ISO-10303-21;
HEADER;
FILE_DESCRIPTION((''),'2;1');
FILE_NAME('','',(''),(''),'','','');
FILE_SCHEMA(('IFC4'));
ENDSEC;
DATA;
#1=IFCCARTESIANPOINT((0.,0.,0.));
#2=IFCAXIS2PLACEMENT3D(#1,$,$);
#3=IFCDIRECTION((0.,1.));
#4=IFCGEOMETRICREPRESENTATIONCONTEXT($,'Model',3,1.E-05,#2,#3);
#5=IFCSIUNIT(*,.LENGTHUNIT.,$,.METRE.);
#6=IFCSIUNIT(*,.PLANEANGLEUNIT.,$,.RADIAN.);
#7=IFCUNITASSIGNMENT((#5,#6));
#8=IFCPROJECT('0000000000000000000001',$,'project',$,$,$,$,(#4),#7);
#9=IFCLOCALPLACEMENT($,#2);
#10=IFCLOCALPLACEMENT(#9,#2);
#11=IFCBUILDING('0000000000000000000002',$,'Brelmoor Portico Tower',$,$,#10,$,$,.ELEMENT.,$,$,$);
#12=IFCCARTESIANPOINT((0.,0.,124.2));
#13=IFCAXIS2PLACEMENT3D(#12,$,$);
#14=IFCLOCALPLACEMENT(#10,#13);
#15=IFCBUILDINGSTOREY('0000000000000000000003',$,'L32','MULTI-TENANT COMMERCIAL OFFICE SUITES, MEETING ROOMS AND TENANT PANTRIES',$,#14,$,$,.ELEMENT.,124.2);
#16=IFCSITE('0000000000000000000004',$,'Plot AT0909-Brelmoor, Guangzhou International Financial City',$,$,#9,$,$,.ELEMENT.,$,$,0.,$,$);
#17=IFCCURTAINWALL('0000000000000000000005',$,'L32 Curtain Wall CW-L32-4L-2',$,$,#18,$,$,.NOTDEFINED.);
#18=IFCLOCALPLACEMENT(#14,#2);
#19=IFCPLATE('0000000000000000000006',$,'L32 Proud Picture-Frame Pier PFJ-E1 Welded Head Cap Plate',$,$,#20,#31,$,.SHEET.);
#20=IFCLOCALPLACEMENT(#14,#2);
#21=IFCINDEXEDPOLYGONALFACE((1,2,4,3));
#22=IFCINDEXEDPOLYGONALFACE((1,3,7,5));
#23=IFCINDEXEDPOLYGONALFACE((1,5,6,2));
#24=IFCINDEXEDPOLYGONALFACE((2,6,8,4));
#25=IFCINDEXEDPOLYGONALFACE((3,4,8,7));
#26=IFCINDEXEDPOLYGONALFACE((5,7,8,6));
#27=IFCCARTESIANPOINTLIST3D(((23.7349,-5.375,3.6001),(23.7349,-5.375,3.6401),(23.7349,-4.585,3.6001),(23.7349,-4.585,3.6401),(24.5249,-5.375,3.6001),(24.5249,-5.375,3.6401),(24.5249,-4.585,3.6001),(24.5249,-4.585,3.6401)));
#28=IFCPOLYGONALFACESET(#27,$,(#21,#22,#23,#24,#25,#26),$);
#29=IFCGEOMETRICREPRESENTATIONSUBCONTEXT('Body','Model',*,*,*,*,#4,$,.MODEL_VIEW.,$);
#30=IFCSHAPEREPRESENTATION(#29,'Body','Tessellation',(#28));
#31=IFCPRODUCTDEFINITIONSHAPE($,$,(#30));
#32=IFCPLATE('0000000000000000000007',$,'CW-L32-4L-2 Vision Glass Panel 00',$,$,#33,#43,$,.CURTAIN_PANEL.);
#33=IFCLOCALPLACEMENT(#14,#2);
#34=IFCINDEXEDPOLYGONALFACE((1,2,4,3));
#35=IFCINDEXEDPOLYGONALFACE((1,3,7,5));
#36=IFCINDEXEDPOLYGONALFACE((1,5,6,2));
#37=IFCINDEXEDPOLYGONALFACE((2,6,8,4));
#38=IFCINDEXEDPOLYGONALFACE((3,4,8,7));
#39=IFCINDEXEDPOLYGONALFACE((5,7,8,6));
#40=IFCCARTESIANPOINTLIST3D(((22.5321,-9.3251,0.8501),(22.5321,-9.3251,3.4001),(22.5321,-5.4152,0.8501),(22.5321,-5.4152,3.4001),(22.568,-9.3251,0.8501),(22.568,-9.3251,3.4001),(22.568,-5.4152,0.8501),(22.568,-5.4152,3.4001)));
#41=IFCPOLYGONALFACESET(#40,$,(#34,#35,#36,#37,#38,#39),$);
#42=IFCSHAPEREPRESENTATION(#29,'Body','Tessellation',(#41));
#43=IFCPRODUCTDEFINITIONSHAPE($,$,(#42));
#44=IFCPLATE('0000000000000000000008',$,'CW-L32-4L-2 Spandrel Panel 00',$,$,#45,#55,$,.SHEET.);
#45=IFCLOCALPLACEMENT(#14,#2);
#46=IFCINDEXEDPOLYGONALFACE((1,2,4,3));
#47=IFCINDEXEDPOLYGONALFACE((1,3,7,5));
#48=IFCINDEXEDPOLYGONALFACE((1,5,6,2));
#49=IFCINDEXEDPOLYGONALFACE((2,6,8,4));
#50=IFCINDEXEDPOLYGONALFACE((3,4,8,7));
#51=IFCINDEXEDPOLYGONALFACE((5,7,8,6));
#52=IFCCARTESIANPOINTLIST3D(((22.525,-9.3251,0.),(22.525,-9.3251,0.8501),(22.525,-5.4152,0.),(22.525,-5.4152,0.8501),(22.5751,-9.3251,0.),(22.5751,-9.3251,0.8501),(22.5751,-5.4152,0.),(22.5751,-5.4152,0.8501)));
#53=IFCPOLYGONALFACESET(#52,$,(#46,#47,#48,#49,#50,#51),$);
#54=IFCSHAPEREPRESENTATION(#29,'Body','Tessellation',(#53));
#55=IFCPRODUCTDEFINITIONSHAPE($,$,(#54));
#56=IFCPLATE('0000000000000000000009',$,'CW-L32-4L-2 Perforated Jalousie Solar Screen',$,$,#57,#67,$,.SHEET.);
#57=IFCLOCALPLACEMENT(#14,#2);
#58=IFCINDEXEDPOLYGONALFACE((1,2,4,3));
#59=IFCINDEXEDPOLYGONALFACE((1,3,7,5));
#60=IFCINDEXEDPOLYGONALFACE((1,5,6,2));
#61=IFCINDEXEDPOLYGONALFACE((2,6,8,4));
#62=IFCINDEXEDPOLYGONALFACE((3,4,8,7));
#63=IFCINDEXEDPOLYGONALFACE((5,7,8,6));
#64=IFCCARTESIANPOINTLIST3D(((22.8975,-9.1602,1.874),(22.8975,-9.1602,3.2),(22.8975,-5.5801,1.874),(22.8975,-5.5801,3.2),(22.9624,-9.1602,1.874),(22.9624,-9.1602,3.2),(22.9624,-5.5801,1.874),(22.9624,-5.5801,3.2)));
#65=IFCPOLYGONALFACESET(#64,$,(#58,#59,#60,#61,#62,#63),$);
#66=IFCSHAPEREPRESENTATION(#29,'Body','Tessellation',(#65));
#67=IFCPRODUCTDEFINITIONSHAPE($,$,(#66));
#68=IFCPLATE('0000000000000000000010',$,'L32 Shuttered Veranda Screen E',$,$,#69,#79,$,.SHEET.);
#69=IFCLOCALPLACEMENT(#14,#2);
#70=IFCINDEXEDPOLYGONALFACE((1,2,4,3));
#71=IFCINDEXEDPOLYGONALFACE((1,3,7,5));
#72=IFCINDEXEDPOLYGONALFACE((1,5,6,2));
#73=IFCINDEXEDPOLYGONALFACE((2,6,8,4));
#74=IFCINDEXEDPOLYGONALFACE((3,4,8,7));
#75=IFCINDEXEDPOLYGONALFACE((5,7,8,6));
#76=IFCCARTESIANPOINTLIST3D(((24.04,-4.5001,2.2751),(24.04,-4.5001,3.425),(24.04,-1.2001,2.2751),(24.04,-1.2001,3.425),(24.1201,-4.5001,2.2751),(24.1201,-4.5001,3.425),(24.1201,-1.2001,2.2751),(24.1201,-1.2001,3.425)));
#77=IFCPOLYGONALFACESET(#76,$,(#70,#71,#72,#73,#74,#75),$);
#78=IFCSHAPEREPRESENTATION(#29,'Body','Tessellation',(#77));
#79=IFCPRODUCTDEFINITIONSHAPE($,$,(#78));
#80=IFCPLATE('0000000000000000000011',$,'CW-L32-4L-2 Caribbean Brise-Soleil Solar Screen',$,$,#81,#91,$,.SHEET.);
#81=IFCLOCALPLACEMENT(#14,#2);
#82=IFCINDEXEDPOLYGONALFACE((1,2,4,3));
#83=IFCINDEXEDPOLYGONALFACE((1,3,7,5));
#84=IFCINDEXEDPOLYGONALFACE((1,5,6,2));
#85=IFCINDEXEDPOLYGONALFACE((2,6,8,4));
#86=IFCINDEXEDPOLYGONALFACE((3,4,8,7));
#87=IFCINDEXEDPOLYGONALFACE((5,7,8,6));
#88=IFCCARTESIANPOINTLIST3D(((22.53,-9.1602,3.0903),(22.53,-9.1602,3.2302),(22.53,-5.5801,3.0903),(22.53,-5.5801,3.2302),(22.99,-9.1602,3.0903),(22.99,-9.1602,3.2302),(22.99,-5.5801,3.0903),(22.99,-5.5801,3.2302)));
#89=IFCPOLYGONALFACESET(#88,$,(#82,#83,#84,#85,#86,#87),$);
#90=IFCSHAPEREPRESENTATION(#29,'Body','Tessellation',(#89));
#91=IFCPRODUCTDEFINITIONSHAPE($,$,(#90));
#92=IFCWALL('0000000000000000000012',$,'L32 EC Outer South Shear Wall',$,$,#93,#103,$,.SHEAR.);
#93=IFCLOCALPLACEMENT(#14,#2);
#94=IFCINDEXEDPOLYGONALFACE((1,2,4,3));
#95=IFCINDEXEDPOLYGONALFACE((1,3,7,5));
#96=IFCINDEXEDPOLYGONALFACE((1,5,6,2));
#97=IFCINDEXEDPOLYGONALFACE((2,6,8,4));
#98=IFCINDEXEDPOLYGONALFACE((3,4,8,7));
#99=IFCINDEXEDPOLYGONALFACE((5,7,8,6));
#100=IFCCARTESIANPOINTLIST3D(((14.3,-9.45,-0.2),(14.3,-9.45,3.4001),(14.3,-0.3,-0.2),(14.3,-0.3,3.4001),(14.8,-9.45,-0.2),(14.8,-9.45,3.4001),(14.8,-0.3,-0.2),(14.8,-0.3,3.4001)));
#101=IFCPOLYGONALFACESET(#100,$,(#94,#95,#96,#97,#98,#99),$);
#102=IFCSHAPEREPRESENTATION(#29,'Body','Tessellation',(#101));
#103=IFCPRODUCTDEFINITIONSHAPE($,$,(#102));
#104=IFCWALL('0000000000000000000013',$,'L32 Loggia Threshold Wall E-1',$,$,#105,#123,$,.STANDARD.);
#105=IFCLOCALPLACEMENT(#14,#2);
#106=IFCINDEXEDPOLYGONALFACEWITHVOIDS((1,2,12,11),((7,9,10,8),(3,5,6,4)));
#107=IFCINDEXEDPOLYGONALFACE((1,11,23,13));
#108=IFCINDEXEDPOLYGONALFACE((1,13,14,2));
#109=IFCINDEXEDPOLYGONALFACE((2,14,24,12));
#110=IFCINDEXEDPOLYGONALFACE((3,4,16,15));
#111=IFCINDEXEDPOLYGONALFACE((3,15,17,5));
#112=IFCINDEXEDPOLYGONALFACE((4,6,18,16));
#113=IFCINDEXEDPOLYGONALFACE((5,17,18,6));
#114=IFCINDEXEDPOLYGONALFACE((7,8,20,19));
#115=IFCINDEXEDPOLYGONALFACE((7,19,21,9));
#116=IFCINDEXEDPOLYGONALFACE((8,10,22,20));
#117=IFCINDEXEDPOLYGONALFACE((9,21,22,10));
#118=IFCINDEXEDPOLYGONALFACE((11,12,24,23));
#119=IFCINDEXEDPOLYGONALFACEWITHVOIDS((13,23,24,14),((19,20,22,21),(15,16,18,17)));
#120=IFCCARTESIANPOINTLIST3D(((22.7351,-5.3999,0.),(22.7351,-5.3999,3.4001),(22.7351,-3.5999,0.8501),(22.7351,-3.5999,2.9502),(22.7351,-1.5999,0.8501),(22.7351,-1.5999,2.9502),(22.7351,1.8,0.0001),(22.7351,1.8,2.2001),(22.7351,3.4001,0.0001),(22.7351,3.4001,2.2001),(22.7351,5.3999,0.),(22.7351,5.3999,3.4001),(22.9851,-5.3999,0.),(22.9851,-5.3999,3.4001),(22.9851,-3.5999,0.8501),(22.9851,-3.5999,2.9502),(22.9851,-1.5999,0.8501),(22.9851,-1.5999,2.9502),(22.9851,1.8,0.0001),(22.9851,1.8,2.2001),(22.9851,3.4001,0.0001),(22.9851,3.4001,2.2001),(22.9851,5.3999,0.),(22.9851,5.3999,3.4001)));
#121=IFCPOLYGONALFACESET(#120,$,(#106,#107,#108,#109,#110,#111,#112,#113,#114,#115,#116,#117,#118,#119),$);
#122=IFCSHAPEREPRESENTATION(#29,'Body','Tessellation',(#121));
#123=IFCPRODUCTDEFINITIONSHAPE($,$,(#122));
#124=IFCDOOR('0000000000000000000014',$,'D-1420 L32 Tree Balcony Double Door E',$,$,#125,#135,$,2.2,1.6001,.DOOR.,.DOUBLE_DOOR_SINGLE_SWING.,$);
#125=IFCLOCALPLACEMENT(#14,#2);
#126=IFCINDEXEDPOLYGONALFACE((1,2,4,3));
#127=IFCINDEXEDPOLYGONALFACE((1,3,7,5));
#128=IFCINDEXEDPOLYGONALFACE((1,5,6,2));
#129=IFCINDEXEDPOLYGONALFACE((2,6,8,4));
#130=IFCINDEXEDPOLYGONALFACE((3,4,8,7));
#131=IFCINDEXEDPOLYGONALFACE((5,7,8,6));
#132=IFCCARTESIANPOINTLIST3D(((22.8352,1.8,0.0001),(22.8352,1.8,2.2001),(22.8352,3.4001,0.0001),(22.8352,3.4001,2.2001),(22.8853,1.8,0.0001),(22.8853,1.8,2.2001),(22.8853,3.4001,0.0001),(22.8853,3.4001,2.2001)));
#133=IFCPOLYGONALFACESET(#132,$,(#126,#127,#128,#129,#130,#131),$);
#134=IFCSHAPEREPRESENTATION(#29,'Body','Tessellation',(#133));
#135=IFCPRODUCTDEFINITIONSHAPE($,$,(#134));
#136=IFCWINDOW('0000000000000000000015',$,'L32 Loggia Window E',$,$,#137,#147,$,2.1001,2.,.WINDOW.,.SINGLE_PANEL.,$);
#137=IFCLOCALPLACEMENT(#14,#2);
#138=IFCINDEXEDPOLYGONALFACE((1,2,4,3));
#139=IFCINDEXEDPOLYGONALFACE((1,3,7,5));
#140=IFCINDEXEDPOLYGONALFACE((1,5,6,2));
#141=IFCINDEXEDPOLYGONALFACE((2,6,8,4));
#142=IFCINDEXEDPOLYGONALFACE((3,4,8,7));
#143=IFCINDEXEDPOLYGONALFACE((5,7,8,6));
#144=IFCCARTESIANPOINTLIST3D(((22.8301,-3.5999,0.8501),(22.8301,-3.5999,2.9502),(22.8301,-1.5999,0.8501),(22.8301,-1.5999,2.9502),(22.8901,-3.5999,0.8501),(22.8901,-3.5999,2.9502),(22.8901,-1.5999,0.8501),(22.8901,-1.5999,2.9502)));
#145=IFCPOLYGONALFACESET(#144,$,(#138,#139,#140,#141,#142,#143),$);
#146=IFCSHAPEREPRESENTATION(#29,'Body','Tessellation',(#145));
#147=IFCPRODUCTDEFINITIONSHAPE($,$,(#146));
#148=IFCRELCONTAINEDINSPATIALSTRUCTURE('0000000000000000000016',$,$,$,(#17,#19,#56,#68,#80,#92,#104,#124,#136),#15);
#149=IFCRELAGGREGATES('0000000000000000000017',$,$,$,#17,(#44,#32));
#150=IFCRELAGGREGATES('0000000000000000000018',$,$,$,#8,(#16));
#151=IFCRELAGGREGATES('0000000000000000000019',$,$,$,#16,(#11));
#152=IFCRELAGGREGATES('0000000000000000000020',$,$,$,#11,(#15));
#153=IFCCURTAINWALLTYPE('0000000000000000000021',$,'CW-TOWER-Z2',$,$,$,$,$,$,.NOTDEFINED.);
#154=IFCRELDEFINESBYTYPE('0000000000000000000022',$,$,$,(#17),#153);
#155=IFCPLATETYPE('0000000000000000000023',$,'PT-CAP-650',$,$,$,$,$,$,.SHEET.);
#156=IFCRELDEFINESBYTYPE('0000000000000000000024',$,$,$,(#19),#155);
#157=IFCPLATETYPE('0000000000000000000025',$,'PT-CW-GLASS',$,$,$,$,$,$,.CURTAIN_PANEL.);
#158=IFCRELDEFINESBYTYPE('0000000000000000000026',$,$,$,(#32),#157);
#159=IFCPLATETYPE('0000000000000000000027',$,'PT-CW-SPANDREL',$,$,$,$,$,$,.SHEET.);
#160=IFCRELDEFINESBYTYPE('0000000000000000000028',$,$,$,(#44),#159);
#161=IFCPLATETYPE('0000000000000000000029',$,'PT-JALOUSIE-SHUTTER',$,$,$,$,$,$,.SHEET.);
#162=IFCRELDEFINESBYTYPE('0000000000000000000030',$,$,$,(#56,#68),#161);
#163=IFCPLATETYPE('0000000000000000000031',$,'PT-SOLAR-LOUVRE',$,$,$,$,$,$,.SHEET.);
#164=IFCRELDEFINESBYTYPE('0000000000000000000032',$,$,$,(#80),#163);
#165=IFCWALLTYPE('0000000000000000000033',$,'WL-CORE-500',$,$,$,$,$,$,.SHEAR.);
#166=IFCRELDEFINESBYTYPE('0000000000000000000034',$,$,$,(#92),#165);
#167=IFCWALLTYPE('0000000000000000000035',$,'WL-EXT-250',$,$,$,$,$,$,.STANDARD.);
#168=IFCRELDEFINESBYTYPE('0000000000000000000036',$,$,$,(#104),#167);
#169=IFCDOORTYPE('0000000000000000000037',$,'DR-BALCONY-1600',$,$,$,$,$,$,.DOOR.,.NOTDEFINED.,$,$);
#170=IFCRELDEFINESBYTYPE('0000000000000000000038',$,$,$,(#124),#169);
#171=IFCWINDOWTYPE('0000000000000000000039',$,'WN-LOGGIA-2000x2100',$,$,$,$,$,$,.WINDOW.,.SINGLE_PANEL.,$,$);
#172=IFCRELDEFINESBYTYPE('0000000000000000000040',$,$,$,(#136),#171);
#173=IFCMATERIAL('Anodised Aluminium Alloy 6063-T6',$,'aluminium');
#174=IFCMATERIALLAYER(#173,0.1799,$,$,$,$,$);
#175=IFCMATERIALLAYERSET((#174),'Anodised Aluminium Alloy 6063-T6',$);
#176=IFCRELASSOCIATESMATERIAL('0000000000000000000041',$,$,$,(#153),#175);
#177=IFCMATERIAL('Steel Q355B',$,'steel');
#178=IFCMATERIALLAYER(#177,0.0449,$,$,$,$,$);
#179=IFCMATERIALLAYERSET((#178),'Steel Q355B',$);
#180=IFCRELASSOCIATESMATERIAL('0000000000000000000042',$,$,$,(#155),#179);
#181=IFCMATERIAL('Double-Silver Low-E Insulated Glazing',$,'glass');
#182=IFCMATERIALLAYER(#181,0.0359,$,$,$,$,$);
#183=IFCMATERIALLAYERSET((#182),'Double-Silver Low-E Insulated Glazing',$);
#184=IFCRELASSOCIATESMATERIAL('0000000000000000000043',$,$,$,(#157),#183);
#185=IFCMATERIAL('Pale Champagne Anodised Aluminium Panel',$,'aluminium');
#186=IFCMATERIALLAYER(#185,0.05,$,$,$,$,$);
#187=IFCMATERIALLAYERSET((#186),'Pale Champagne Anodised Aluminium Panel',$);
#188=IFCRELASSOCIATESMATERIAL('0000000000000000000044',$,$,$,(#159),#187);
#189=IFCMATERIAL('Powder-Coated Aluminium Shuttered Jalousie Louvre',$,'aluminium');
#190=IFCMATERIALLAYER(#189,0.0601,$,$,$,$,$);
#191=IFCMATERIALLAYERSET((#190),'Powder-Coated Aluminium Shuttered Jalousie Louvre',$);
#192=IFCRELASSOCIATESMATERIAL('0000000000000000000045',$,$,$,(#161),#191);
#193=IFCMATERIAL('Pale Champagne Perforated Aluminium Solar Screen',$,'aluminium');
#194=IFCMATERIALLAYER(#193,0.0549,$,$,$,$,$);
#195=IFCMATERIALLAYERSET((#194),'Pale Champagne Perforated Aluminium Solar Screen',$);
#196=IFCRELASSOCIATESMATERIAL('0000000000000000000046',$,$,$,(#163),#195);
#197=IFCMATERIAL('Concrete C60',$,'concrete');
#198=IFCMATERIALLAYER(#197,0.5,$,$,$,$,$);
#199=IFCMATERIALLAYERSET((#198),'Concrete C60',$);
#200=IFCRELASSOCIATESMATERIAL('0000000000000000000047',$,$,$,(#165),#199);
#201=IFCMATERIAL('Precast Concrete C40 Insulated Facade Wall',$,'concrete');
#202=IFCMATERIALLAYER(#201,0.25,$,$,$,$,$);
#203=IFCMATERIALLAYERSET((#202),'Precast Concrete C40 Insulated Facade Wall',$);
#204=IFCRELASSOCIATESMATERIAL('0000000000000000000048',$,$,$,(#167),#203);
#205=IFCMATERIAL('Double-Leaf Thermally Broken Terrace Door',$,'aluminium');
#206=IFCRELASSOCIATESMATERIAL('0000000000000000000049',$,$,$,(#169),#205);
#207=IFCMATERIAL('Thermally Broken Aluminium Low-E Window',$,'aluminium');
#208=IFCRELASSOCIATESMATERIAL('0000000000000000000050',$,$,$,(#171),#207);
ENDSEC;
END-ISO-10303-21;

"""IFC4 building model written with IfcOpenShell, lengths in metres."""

from ifc_helpers import new_model, si_unit, direction, frame, frame_2d, origin, origin_2d, place, context, subcontext, project, spatial, rectangle, extrude, material, layer, layer_set, type_object, element, fill, aggregate, save


model = new_model("IFC4")

# Units and contexts
model_context = context("Model", 3, precision=1e-05, world=origin(), true_north=direction((0.0, 1.0)))
body_context = subcontext(model_context, "Body", "Model", "MODEL_VIEW")
ifc_project = project(units=[si_unit("LENGTHUNIT", "METRE"), si_unit("PLANEANGLEUNIT", "RADIAN")], contexts=[model_context])

# Site, building, storey
site_placement = place(None, origin())
site = spatial("IfcSite", under=ifc_project, at=site_placement, Name="Plot AT0909-Brelmoor, Guangzhou International Financial City", CompositionType="ELEMENT", RefElevation=0.0)
building_placement = place(site_placement, origin())
building = spatial("IfcBuilding", under=site, at=building_placement, Name="Brelmoor Portico Tower", CompositionType="ELEMENT")
storey_placement = place(building_placement, frame((0.0, 0.0, 124.2)))
storey = spatial("IfcBuildingStorey", under=building, at=storey_placement, Name="L32", Description="MULTI-TENANT COMMERCIAL OFFICE SUITES, MEETING ROOMS AND TENANT PANTRIES", CompositionType="ELEMENT", Elevation=124.2)

# Shared definitions
ifc_material_1 = material(Name="Steel Q355B", Category="steel")

# Curtain wall
ifc_material_2 = material(Name="Anodised Aluminium Alloy 6063-T6", Category="aluminium")
ifc_layer_1 = layer(ifc_material_2, 0.1799)
ifc_layer_set_1 = layer_set([ifc_layer_1], Name="Anodised Aluminium Alloy 6063-T6")
curtain_wall_type = type_object("IfcCurtainWallType", Name="CW-TOWER-Z2", PredefinedType="NOTDEFINED", material=ifc_layer_set_1)
curtain_wall_placement = place(storey_placement, origin())
curtain_wall = element("IfcCurtainWall", 1, at=curtain_wall_placement, inside=storey, type_object=curtain_wall_type, Name="L32 Curtain Wall CW-L32-4L-2", PredefinedType="NOTDEFINED")

# Plates
ifc_layer_2 = layer(ifc_material_1, 0.0449)
ifc_layer_set_2 = layer_set([ifc_layer_2], Name="Steel Q355B")
plate_type_1 = type_object("IfcPlateType", Name="PT-CAP-650", PredefinedType="SHEET", material=ifc_layer_set_2)
plate_1_placement = place(storey_placement, frame((24.1299, -4.98, 3.6001), z_axis=(0.0, 0.0, 1.0), x_axis=(0.0, 1.0, 0.0)))
element("IfcPlate", 2, at=plate_1_placement, inside=storey, type_object=plate_type_1, Name="L32 Proud Picture-Frame Pier PFJ-E1 Welded Head Cap Plate", PredefinedType="SHEET", context=body_context, shape_type="SweptSolid", body=[
    extrude(rectangle(XDim=0.79, YDim=0.79, at=origin_2d()), origin(), (0.0, 0.0, 1.0), 0.04),
])
ifc_material_3 = material(Name="Double-Silver Low-E Insulated Glazing", Category="glass")
ifc_layer_3 = layer(ifc_material_3, 0.0359)
ifc_layer_set_3 = layer_set([ifc_layer_3], Name="Double-Silver Low-E Insulated Glazing")
plate_type_2 = type_object("IfcPlateType", Name="PT-CW-GLASS", PredefinedType="CURTAIN_PANEL", material=ifc_layer_set_3)
plate_2_placement = place(storey_placement, frame((22.55, -7.3701, 0.8501), z_axis=(0.0, 0.0, 1.0), x_axis=(0.0, 1.0, 0.0)))
plate_2 = element("IfcPlate", 3, at=plate_2_placement, type_object=plate_type_2, Name="CW-L32-4L-2 Vision Glass Panel 00", PredefinedType="CURTAIN_PANEL", context=body_context, shape_type="SweptSolid", body=[
    extrude(rectangle(XDim=3.9099, YDim=0.0359, at=origin_2d()), origin(), (0.0, 0.0, 1.0), 2.55),
])
ifc_material_4 = material(Name="Pale Champagne Anodised Aluminium Panel", Category="aluminium")
ifc_layer_4 = layer(ifc_material_4, 0.05)
ifc_layer_set_4 = layer_set([ifc_layer_4], Name="Pale Champagne Anodised Aluminium Panel")
plate_type_3 = type_object("IfcPlateType", Name="PT-CW-SPANDREL", PredefinedType="SHEET", material=ifc_layer_set_4)
plate_3_placement = place(storey_placement, frame((22.55, -7.3701, 0.0), z_axis=(0.0, 0.0, 1.0), x_axis=(0.0, 1.0, 0.0)))
plate_3 = element("IfcPlate", 4, at=plate_3_placement, type_object=plate_type_3, Name="CW-L32-4L-2 Spandrel Panel 00", PredefinedType="SHEET", context=body_context, shape_type="SweptSolid", body=[
    extrude(rectangle(XDim=3.9099, YDim=0.05, at=origin_2d()), origin(), (0.0, 0.0, 1.0), 0.8501),
])
aggregate(curtain_wall, [plate_3, plate_2])

# Plates
ifc_material_5 = material(Name="Powder-Coated Aluminium Shuttered Jalousie Louvre", Category="aluminium")
ifc_layer_5 = layer(ifc_material_5, 0.0601)
ifc_layer_set_5 = layer_set([ifc_layer_5], Name="Powder-Coated Aluminium Shuttered Jalousie Louvre")
plate_type_4 = type_object("IfcPlateType", Name="PT-JALOUSIE-SHUTTER", PredefinedType="SHEET", material=ifc_layer_set_5)
plate_4_placement = place(storey_placement, frame((22.9299, -7.3701, 1.874), z_axis=(0.0, 0.0, 1.0), x_axis=(0.0, 1.0, 0.0)))
element("IfcPlate", 5, at=plate_4_placement, inside=storey, type_object=plate_type_4, Name="CW-L32-4L-2 Perforated Jalousie Solar Screen", PredefinedType="SHEET", context=body_context, shape_type="SweptSolid", body=[
    extrude(rectangle(XDim=3.5801, YDim=0.0649, at=origin_2d()), origin(), (0.0, 0.0, 1.0), 1.3259),
])
plate_5_placement = place(storey_placement, frame((24.0801, -2.8501, 2.2751), z_axis=(0.0, 0.0, 1.0), x_axis=(0.0, 1.0, 0.0)))
element("IfcPlate", 6, at=plate_5_placement, inside=storey, type_object=plate_type_4, Name="L32 Shuttered Veranda Screen E", PredefinedType="SHEET", context=body_context, shape_type="SweptSolid", body=[
    extrude(rectangle(XDim=3.3, YDim=0.0801, at=origin_2d()), origin(), (0.0, 0.0, 1.0), 1.1499),
])
ifc_material_6 = material(Name="Pale Champagne Perforated Aluminium Solar Screen", Category="aluminium")
ifc_layer_6 = layer(ifc_material_6, 0.0549)
ifc_layer_set_6 = layer_set([ifc_layer_6], Name="Pale Champagne Perforated Aluminium Solar Screen")
plate_type_5 = type_object("IfcPlateType", Name="PT-SOLAR-LOUVRE", PredefinedType="SHEET", material=ifc_layer_set_6)
plate_6_placement = place(storey_placement, frame((22.76, -7.3701, 3.0903), z_axis=(0.0, 0.0, 1.0), x_axis=(0.0, 1.0, 0.0)))
element("IfcPlate", 7, at=plate_6_placement, inside=storey, type_object=plate_type_5, Name="CW-L32-4L-2 Caribbean Brise-Soleil Solar Screen", PredefinedType="SHEET", context=body_context, shape_type="SweptSolid", body=[
    extrude(rectangle(XDim=3.5801, YDim=0.46, at=origin_2d()), origin(), (0.0, 0.0, 1.0), 0.1399),
])

# Wall
ifc_material_7 = material(Name="Concrete C60", Category="concrete")
ifc_layer_7 = layer(ifc_material_7, 0.5)
ifc_layer_set_7 = layer_set([ifc_layer_7], Name="Concrete C60")
wall_type_1 = type_object("IfcWallType", Name="WL-CORE-500", PredefinedType="SHEAR", material=ifc_layer_set_7)
wall_1_placement = place(storey_placement, frame((14.55, -9.45, -0.2), z_axis=(0.0, 0.0, 1.0), x_axis=(0.0, 1.0, 0.0)))
element("IfcWall", 8, at=wall_1_placement, inside=storey, type_object=wall_type_1, Name="L32 EC Outer South Shear Wall", PredefinedType="SHEAR", context=body_context, shape_type="SweptSolid", body=[
    extrude(rectangle(XDim=9.1499, YDim=0.5, at=frame_2d((4.575, 0.0))), origin(), (0.0, 0.0, 1.0), 3.6001),
])

# Wall, openings, door, window
ifc_material_8 = material(Name="Precast Concrete C40 Insulated Facade Wall", Category="concrete")
ifc_layer_8 = layer(ifc_material_8, 0.25)
ifc_layer_set_8 = layer_set([ifc_layer_8], Name="Precast Concrete C40 Insulated Facade Wall")
wall_type_2 = type_object("IfcWallType", Name="WL-EXT-250", PredefinedType="STANDARD", material=ifc_layer_set_8)
wall_2_placement = place(storey_placement, frame((22.8601, -5.3999, 0.0), z_axis=(0.0, 0.0, 1.0), x_axis=(0.0, 1.0, 0.0)))
wall_2 = element("IfcWall", 9, at=wall_2_placement, inside=storey, type_object=wall_type_2, Name="L32 Loggia Threshold Wall E-1", PredefinedType="STANDARD", context=body_context, shape_type="SweptSolid", body=[
    extrude(rectangle(XDim=10.7998, YDim=0.25, at=frame_2d((5.3999, 0.0))), origin(), (0.0, 0.0, 1.0), 3.4001),
])
opening_1_placement = place(wall_2_placement, frame((7.2, 0.0, 0.0)))
opening_1 = element("IfcOpeningElement", 10, at=opening_1_placement, cuts=wall_2, PredefinedType="OPENING", context=body_context, shape_type="SweptSolid", body=[
    extrude(rectangle(XDim=1.6001, YDim=2.2, at=frame_2d((0.8, 1.1001))), frame((0.0, 0.135, 0.0), z_axis=(0.0, -1.0, 0.0), x_axis=(1.0, 0.0, 0.0)), (0.0, 0.0, 1.0), 0.27),
])
opening_2_placement = place(wall_2_placement, frame((1.8, 0.0, 0.8501)))
opening_2 = element("IfcOpeningElement", 11, at=opening_2_placement, cuts=wall_2, PredefinedType="OPENING", context=body_context, shape_type="SweptSolid", body=[
    extrude(rectangle(XDim=2.0, YDim=2.1001, at=frame_2d((1.0, 1.05))), frame((0.0, 0.135, 0.0), z_axis=(0.0, -1.0, 0.0), x_axis=(1.0, 0.0, 0.0)), (0.0, 0.0, 1.0), 0.27),
])
ifc_material_9 = material(Name="Double-Leaf Thermally Broken Terrace Door", Category="aluminium")
door_type_1 = type_object("IfcDoorType", Name="DR-BALCONY-1600", OperationType="NOTDEFINED", PredefinedType="DOOR", material=ifc_material_9)
door_1_placement = place(opening_1_placement, origin())
door_1 = element("IfcDoor", 12, at=door_1_placement, inside=storey, type_object=door_type_1, Name="D-1420 L32 Tree Balcony Double Door E", OperationType="DOUBLE_DOOR_SINGLE_SWING", OverallHeight=2.2, OverallWidth=1.6001, PredefinedType="DOOR", context=body_context, shape_type="SweptSolid", body=[
    extrude(rectangle(XDim=1.6001, YDim=2.2, at=frame_2d((0.8, 1.1001))), frame((0.0, 0.0249, 0.0), z_axis=(0.0, -1.0, 0.0), x_axis=(1.0, 0.0, 0.0)), (0.0, 0.0, 1.0), 0.05),
])
fill(opening_1, door_1)
ifc_material_10 = material(Name="Thermally Broken Aluminium Low-E Window", Category="aluminium")
window_type = type_object("IfcWindowType", Name="WN-LOGGIA-2000x2100", PartitioningType="SINGLE_PANEL", PredefinedType="WINDOW", material=ifc_material_10)
window_placement = place(opening_2_placement, origin())
window = element("IfcWindow", 13, at=window_placement, inside=storey, type_object=window_type, Name="L32 Loggia Window E", OverallHeight=2.1001, OverallWidth=2.0, PartitioningType="SINGLE_PANEL", PredefinedType="WINDOW", context=body_context, shape_type="SweptSolid", body=[
    extrude(rectangle(XDim=2.0, YDim=2.1001, at=frame_2d((1.0, 1.05))), frame((0.0, 0.03, 0.0), z_axis=(0.0, -1.0, 0.0), x_axis=(1.0, 0.0, 0.0)), (0.0, 0.0, 1.0), 0.0601),
])
fill(opening_2, window)

save(model, "model.ifc")
